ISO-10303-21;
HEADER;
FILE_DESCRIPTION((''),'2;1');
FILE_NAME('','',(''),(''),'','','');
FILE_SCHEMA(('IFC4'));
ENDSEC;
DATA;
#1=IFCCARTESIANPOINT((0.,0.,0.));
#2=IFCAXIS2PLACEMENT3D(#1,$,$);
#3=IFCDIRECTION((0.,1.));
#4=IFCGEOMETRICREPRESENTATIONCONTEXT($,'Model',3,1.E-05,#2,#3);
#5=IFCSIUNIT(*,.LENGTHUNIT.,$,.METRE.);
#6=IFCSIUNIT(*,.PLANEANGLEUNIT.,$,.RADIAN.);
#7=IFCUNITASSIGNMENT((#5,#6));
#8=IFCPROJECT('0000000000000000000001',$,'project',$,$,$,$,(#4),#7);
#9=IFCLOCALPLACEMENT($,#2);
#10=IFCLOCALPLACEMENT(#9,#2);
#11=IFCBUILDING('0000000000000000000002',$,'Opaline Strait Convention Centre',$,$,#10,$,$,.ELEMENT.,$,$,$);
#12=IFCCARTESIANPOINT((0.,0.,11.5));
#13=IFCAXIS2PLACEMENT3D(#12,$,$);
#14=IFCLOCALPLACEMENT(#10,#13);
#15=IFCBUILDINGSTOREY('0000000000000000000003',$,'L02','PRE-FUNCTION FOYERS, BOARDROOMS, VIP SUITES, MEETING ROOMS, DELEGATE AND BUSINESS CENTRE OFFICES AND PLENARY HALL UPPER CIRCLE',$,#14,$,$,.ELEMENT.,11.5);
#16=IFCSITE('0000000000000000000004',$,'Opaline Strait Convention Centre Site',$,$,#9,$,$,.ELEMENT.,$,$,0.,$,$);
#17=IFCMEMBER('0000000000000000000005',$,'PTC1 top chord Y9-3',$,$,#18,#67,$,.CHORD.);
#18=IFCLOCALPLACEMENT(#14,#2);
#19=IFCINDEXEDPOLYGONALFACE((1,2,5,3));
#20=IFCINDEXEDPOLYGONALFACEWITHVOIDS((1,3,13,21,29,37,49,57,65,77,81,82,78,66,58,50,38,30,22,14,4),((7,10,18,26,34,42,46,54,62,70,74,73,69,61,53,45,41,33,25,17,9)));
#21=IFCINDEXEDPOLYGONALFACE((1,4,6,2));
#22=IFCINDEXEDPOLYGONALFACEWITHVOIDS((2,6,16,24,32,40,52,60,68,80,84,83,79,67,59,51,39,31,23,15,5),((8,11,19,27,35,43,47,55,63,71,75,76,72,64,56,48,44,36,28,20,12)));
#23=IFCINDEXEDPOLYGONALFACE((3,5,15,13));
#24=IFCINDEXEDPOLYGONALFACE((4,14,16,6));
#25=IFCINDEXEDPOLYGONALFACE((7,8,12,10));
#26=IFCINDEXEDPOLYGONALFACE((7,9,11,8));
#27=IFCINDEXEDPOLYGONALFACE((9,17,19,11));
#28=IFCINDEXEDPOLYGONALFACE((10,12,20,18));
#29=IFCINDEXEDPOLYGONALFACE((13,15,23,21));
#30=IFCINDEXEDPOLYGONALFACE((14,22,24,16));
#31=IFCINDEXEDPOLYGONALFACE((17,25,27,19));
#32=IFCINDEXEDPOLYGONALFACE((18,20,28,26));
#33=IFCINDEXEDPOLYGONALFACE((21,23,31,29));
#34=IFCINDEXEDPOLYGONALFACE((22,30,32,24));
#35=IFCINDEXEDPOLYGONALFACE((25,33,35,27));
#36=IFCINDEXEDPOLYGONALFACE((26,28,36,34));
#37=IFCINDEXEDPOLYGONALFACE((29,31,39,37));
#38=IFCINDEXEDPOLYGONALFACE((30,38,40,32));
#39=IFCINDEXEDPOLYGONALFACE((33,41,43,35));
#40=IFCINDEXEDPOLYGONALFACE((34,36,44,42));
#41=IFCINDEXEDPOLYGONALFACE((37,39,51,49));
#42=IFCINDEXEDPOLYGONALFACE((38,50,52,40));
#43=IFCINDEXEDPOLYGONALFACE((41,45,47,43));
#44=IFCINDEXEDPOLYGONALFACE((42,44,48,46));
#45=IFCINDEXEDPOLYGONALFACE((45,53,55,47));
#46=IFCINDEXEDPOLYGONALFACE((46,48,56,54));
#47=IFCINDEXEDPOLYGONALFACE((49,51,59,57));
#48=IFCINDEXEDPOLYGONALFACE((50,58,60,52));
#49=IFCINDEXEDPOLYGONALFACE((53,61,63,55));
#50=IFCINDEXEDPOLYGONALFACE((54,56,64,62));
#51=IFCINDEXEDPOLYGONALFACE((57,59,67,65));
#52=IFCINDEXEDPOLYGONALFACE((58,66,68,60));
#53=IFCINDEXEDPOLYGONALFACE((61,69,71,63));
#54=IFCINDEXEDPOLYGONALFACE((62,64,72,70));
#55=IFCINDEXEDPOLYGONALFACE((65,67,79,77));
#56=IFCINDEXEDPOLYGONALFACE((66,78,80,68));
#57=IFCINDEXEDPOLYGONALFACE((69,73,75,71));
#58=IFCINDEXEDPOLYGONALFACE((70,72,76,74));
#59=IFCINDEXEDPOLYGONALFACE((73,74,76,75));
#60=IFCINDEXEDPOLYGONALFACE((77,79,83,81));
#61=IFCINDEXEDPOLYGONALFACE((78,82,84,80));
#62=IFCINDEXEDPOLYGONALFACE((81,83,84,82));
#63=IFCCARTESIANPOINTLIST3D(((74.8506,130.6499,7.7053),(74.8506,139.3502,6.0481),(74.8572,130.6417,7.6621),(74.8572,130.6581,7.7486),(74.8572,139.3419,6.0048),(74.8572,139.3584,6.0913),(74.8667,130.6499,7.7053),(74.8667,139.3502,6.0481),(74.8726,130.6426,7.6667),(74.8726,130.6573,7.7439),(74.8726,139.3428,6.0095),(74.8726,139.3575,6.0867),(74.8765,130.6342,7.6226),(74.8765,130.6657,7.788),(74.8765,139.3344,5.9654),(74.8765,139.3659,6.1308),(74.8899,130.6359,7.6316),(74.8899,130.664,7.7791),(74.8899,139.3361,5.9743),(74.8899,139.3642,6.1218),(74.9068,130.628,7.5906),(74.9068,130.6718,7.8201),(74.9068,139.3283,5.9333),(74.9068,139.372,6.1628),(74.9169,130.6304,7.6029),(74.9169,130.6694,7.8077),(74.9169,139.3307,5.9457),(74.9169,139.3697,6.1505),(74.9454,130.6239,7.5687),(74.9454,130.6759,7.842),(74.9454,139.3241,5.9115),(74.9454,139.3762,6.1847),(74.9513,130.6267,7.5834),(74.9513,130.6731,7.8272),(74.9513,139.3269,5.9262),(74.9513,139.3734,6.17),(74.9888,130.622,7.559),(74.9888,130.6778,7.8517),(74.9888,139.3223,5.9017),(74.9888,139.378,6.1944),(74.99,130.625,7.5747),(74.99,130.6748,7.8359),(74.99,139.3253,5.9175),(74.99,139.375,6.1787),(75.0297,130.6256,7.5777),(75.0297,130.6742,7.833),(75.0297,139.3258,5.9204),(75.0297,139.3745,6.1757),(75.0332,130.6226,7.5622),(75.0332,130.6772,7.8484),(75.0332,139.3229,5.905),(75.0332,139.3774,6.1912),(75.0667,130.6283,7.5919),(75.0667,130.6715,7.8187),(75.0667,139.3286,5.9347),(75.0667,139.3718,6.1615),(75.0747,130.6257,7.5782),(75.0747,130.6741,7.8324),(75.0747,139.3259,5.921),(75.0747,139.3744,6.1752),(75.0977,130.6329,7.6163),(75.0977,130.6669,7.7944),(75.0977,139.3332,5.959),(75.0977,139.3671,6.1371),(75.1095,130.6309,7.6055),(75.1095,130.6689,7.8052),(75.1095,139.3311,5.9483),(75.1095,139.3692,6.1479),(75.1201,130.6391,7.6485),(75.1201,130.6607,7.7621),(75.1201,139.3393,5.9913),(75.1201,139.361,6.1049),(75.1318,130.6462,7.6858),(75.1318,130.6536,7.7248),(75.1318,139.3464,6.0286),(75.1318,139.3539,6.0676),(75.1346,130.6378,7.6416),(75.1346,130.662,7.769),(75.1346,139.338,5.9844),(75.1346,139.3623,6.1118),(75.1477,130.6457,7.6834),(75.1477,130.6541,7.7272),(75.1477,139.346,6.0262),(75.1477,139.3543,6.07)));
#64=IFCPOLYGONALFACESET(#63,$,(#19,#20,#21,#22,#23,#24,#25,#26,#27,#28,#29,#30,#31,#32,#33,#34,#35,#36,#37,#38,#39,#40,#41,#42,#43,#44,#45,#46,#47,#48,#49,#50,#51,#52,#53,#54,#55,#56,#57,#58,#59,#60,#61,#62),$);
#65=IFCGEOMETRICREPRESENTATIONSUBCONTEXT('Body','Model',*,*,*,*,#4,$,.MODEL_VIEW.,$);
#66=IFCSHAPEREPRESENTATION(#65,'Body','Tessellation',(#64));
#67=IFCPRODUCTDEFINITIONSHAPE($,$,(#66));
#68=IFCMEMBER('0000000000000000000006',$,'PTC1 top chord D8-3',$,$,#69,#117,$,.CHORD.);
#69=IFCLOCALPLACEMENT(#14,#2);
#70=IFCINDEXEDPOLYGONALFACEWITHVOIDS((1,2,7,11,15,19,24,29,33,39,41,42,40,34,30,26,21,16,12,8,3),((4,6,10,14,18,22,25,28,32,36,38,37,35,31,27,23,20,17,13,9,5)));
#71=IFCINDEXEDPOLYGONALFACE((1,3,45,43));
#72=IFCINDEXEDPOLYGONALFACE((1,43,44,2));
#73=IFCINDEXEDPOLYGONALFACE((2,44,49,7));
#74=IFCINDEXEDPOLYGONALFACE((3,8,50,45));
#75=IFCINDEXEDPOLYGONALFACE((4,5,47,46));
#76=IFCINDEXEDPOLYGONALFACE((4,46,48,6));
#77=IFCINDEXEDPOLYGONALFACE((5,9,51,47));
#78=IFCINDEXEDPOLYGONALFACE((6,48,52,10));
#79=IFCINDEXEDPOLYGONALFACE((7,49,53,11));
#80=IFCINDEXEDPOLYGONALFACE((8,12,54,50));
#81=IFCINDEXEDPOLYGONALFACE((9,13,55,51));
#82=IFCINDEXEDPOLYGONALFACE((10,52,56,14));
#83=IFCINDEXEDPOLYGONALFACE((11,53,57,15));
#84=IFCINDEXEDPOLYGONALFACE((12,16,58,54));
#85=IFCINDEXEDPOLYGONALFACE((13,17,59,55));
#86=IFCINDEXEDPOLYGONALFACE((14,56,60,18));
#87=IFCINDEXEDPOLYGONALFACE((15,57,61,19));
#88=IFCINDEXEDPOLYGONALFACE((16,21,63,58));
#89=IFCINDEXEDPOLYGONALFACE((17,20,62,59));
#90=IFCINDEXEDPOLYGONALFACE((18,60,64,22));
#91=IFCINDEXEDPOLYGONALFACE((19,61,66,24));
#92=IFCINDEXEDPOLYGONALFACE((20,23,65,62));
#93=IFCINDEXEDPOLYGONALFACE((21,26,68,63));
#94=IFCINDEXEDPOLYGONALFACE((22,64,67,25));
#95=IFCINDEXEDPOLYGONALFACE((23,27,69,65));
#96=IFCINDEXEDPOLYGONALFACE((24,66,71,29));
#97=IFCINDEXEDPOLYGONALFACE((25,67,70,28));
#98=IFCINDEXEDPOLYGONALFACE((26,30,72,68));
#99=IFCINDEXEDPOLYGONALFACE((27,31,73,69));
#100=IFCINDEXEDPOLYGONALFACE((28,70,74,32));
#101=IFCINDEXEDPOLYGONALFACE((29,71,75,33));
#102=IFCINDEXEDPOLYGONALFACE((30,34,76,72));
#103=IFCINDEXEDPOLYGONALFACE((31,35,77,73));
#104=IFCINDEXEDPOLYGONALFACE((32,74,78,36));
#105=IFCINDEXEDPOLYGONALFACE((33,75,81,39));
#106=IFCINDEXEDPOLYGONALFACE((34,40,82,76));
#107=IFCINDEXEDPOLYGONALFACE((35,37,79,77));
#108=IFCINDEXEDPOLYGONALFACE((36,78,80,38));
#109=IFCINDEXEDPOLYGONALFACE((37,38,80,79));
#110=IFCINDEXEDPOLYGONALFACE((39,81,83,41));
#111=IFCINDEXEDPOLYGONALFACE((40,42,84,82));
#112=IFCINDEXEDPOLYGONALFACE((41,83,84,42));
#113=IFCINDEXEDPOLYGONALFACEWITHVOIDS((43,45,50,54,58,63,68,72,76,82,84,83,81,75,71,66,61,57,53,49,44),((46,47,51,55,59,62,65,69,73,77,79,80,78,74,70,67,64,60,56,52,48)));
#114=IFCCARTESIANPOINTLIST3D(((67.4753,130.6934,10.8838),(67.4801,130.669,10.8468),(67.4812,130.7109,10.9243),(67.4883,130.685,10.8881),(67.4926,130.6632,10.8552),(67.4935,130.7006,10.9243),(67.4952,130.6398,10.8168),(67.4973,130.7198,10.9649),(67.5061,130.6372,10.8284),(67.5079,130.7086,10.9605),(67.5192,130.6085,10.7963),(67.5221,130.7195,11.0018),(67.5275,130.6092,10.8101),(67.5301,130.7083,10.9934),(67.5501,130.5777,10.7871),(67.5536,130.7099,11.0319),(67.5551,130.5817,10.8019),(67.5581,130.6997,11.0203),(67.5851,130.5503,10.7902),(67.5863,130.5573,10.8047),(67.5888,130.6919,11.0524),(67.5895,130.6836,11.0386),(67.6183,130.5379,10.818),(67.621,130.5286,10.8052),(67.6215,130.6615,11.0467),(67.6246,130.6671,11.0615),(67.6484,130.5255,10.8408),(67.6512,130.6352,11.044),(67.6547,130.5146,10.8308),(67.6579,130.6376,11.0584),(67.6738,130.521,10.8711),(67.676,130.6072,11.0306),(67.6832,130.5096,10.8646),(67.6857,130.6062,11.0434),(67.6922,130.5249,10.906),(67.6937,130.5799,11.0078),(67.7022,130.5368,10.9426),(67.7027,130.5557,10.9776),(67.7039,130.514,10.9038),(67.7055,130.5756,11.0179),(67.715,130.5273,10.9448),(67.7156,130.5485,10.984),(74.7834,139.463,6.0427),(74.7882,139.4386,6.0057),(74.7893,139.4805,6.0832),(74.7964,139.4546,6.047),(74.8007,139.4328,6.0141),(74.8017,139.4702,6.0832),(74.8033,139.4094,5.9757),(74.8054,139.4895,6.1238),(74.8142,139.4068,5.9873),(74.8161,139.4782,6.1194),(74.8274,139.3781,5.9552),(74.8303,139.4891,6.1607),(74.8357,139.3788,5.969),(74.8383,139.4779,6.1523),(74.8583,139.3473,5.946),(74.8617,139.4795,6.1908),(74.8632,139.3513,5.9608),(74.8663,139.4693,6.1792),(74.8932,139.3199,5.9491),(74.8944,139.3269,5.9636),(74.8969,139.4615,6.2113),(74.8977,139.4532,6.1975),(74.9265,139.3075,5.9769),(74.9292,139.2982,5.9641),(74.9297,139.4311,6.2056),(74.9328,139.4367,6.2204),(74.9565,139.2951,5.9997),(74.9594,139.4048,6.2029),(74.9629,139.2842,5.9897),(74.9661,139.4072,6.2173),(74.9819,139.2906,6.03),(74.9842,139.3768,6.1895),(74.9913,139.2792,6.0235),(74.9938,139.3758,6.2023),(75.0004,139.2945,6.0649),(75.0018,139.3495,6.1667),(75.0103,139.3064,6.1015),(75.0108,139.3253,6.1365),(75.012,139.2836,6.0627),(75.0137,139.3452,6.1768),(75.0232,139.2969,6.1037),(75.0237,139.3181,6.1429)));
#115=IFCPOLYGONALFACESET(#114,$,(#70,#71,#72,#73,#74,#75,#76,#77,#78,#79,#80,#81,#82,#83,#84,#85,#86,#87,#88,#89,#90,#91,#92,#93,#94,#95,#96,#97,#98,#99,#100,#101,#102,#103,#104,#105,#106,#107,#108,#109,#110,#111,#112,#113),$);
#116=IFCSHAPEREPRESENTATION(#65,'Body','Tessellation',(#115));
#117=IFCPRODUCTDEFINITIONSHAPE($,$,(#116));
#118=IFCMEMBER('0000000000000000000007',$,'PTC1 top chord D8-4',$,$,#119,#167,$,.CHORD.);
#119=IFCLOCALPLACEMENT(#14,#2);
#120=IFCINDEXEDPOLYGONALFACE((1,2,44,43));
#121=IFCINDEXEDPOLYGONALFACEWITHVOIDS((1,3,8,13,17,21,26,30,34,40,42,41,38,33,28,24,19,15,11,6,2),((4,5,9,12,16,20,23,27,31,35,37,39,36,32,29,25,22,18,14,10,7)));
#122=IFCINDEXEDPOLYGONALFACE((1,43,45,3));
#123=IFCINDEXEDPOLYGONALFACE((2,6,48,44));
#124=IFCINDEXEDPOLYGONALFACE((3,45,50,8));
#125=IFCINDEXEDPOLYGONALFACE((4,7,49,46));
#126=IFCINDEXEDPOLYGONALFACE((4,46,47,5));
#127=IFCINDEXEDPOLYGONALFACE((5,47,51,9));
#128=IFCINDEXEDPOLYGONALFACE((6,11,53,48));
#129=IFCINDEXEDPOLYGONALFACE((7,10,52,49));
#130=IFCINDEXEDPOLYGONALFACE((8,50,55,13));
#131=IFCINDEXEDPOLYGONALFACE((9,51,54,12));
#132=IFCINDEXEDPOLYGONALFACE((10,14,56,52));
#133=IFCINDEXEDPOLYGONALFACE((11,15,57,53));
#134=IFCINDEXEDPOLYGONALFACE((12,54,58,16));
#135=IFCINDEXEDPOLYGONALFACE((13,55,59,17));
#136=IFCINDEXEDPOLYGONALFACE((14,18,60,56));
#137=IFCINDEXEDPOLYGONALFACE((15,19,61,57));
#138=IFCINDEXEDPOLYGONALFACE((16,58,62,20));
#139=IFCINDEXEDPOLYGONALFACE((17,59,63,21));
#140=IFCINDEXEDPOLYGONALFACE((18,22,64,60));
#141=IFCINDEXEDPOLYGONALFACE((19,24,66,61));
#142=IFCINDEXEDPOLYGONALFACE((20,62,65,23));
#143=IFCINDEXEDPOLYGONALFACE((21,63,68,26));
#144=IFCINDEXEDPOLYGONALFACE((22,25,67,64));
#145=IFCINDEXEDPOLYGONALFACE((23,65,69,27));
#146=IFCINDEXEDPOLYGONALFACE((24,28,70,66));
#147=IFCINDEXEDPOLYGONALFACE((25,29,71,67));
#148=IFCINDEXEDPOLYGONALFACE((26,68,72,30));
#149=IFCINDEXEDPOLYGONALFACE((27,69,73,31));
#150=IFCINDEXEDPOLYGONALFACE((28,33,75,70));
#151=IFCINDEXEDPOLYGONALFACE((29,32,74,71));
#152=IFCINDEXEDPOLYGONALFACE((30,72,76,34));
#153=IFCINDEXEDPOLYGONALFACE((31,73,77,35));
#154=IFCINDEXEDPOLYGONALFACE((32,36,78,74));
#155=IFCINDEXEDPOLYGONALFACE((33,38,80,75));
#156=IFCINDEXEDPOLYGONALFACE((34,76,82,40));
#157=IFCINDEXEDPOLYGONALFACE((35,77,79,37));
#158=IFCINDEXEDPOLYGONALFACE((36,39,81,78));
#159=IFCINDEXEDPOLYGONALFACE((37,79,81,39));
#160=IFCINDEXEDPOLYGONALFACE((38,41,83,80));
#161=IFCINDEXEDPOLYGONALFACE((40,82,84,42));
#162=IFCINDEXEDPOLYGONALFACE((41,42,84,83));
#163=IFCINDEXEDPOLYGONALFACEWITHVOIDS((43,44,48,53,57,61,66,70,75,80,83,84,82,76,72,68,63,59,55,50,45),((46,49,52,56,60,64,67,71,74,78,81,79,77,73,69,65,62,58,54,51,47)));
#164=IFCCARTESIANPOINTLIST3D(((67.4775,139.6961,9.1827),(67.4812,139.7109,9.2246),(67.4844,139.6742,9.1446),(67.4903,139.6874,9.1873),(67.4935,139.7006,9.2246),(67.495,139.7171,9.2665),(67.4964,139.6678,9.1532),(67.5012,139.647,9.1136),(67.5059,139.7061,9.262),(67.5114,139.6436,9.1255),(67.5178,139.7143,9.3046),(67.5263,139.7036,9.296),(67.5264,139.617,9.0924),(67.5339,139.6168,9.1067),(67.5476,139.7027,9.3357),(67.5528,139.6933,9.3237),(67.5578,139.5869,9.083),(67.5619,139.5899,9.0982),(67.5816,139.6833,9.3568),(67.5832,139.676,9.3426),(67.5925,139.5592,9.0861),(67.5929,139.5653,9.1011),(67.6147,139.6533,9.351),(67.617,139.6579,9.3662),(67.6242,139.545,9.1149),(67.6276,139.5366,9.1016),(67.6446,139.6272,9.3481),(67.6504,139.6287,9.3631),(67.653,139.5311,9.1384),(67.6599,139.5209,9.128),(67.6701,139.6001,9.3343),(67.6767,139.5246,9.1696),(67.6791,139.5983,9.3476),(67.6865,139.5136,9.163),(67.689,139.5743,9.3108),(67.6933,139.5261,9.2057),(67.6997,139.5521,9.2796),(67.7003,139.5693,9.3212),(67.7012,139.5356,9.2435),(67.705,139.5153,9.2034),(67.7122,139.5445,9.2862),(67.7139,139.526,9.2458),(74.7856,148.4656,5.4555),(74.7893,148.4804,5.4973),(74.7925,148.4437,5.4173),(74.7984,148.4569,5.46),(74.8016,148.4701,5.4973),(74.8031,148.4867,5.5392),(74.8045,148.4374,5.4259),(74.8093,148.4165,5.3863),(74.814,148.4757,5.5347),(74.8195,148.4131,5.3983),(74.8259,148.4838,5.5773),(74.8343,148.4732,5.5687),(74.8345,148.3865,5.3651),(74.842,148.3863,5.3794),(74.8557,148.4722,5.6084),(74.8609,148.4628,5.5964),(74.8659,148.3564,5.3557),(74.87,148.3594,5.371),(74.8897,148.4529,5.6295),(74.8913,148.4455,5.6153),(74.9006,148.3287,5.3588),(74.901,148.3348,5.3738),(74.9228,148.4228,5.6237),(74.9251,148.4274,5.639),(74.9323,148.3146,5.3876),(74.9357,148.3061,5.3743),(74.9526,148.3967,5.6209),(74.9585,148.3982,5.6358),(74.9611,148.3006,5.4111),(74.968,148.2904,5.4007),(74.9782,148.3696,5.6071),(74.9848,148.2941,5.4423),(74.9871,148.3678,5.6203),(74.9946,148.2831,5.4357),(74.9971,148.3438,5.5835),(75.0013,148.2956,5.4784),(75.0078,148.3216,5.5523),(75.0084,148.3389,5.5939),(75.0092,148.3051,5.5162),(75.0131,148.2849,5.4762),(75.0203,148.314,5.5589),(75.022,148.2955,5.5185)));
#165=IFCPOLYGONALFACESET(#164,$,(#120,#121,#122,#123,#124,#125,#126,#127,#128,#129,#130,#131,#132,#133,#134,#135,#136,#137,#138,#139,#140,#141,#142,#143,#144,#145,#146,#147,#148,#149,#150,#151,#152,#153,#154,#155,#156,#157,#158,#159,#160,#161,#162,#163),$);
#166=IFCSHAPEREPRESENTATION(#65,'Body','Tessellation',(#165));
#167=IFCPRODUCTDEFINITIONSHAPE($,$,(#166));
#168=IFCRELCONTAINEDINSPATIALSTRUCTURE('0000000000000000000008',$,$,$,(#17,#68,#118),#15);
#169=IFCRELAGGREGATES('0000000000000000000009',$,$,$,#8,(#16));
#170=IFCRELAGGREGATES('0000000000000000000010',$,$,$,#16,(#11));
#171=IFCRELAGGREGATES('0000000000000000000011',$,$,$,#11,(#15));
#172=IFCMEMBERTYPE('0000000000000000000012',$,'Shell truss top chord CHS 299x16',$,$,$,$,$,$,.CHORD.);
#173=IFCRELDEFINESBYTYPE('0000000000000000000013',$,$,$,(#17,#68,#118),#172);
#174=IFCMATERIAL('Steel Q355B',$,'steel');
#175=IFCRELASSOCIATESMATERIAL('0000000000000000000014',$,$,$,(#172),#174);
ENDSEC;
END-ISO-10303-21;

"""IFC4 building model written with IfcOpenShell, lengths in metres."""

from ifc_helpers import new_model, si_unit, direction, frame, origin, origin_2d, place, context, subcontext, project, spatial, hollow_circle, extrude, material, material_profile, profile_set, type_object, element, save


model = new_model("IFC4")

# Units and contexts
model_context = context("Model", 3, precision=1e-05, world=origin(), true_north=direction((0.0, 1.0)))
body_context = subcontext(model_context, "Body", "Model", "MODEL_VIEW")
ifc_project = project(units=[si_unit("LENGTHUNIT", "METRE"), si_unit("PLANEANGLEUNIT", "RADIAN")], contexts=[model_context])

# Site, building, storey
site_placement = place(None, origin())
site = spatial("IfcSite", under=ifc_project, at=site_placement, Name="Opaline Strait Convention Centre Site", CompositionType="ELEMENT", RefElevation=0.0)
building_placement = place(site_placement, origin())
building = spatial("IfcBuilding", under=site, at=building_placement, Name="Opaline Strait Convention Centre", CompositionType="ELEMENT")
storey_placement = place(building_placement, frame((0.0, 0.0, 11.5)))
storey = spatial("IfcBuildingStorey", under=building, at=storey_placement, Name="L02", Description="PRE-FUNCTION FOYERS, BOARDROOMS, VIP SUITES, MEETING ROOMS, DELEGATE AND BUSINESS CENTRE OFFICES AND PLENARY HALL UPPER CIRCLE", CompositionType="ELEMENT", Elevation=11.5)

# Members
ifc_material_1 = material(Name="Steel Q355B", Category="steel")
ifc_material_profile_1 = material_profile(ifc_material_1, hollow_circle(Radius=0.1494, WallThickness=0.0161, at=origin_2d()), Name="CHS 299x16")
ifc_profile_set_1 = profile_set([ifc_material_profile_1], Name="Steel Q355B")
member_type_1 = type_object("IfcMemberType", Name="Shell truss top chord CHS 299x16", PredefinedType="CHORD", material=ifc_profile_set_1)
member_1_placement = place(storey_placement, frame((75.0, 130.6499, 7.7053), z_axis=(0.0, 0.982338, -0.187117), x_axis=(-1.0, 0.0, 0.0)))
element("IfcMember", 1, at=member_1_placement, inside=storey, type_object=member_type_1, Name="PTC1 top chord Y9-3", PredefinedType="CHORD", context=body_context, shape_type="SweptSolid", body=[
    extrude(hollow_circle(Radius=0.1494, WallThickness=0.0161, at=origin_2d()), origin(), (0.0, 0.0, 1.0), 8.8567),
])
member_2_placement = place(storey_placement, frame((67.5959, 130.6152, 10.9243), z_axis=(0.589384, 0.707246, -0.390422), x_axis=(-0.768214, 0.640193, 0.0)))
element("IfcMember", 2, at=member_2_placement, inside=storey, type_object=member_type_1, Name="PTC1 top chord D8-3", PredefinedType="CHORD", context=body_context, shape_type="SweptSolid", body=[
    extrude(hollow_circle(Radius=0.1494, WallThickness=0.0161, at=origin_2d()), origin(), (0.0, 0.0, 1.0), 12.3997),
])
member_3_placement = place(storey_placement, frame((67.5959, 139.6152, 9.2246), z_axis=(0.608574, 0.730273, -0.310386), x_axis=(-0.768214, 0.640193, 0.0)))
element("IfcMember", 3, at=member_3_placement, inside=storey, type_object=member_type_1, Name="PTC1 top chord D8-4", PredefinedType="CHORD", context=body_context, shape_type="SweptSolid", body=[
    extrude(hollow_circle(Radius=0.1494, WallThickness=0.0161, at=origin_2d()), origin(), (0.0, 0.0, 1.0), 12.0085),
])

save(model, "model.ifc")
